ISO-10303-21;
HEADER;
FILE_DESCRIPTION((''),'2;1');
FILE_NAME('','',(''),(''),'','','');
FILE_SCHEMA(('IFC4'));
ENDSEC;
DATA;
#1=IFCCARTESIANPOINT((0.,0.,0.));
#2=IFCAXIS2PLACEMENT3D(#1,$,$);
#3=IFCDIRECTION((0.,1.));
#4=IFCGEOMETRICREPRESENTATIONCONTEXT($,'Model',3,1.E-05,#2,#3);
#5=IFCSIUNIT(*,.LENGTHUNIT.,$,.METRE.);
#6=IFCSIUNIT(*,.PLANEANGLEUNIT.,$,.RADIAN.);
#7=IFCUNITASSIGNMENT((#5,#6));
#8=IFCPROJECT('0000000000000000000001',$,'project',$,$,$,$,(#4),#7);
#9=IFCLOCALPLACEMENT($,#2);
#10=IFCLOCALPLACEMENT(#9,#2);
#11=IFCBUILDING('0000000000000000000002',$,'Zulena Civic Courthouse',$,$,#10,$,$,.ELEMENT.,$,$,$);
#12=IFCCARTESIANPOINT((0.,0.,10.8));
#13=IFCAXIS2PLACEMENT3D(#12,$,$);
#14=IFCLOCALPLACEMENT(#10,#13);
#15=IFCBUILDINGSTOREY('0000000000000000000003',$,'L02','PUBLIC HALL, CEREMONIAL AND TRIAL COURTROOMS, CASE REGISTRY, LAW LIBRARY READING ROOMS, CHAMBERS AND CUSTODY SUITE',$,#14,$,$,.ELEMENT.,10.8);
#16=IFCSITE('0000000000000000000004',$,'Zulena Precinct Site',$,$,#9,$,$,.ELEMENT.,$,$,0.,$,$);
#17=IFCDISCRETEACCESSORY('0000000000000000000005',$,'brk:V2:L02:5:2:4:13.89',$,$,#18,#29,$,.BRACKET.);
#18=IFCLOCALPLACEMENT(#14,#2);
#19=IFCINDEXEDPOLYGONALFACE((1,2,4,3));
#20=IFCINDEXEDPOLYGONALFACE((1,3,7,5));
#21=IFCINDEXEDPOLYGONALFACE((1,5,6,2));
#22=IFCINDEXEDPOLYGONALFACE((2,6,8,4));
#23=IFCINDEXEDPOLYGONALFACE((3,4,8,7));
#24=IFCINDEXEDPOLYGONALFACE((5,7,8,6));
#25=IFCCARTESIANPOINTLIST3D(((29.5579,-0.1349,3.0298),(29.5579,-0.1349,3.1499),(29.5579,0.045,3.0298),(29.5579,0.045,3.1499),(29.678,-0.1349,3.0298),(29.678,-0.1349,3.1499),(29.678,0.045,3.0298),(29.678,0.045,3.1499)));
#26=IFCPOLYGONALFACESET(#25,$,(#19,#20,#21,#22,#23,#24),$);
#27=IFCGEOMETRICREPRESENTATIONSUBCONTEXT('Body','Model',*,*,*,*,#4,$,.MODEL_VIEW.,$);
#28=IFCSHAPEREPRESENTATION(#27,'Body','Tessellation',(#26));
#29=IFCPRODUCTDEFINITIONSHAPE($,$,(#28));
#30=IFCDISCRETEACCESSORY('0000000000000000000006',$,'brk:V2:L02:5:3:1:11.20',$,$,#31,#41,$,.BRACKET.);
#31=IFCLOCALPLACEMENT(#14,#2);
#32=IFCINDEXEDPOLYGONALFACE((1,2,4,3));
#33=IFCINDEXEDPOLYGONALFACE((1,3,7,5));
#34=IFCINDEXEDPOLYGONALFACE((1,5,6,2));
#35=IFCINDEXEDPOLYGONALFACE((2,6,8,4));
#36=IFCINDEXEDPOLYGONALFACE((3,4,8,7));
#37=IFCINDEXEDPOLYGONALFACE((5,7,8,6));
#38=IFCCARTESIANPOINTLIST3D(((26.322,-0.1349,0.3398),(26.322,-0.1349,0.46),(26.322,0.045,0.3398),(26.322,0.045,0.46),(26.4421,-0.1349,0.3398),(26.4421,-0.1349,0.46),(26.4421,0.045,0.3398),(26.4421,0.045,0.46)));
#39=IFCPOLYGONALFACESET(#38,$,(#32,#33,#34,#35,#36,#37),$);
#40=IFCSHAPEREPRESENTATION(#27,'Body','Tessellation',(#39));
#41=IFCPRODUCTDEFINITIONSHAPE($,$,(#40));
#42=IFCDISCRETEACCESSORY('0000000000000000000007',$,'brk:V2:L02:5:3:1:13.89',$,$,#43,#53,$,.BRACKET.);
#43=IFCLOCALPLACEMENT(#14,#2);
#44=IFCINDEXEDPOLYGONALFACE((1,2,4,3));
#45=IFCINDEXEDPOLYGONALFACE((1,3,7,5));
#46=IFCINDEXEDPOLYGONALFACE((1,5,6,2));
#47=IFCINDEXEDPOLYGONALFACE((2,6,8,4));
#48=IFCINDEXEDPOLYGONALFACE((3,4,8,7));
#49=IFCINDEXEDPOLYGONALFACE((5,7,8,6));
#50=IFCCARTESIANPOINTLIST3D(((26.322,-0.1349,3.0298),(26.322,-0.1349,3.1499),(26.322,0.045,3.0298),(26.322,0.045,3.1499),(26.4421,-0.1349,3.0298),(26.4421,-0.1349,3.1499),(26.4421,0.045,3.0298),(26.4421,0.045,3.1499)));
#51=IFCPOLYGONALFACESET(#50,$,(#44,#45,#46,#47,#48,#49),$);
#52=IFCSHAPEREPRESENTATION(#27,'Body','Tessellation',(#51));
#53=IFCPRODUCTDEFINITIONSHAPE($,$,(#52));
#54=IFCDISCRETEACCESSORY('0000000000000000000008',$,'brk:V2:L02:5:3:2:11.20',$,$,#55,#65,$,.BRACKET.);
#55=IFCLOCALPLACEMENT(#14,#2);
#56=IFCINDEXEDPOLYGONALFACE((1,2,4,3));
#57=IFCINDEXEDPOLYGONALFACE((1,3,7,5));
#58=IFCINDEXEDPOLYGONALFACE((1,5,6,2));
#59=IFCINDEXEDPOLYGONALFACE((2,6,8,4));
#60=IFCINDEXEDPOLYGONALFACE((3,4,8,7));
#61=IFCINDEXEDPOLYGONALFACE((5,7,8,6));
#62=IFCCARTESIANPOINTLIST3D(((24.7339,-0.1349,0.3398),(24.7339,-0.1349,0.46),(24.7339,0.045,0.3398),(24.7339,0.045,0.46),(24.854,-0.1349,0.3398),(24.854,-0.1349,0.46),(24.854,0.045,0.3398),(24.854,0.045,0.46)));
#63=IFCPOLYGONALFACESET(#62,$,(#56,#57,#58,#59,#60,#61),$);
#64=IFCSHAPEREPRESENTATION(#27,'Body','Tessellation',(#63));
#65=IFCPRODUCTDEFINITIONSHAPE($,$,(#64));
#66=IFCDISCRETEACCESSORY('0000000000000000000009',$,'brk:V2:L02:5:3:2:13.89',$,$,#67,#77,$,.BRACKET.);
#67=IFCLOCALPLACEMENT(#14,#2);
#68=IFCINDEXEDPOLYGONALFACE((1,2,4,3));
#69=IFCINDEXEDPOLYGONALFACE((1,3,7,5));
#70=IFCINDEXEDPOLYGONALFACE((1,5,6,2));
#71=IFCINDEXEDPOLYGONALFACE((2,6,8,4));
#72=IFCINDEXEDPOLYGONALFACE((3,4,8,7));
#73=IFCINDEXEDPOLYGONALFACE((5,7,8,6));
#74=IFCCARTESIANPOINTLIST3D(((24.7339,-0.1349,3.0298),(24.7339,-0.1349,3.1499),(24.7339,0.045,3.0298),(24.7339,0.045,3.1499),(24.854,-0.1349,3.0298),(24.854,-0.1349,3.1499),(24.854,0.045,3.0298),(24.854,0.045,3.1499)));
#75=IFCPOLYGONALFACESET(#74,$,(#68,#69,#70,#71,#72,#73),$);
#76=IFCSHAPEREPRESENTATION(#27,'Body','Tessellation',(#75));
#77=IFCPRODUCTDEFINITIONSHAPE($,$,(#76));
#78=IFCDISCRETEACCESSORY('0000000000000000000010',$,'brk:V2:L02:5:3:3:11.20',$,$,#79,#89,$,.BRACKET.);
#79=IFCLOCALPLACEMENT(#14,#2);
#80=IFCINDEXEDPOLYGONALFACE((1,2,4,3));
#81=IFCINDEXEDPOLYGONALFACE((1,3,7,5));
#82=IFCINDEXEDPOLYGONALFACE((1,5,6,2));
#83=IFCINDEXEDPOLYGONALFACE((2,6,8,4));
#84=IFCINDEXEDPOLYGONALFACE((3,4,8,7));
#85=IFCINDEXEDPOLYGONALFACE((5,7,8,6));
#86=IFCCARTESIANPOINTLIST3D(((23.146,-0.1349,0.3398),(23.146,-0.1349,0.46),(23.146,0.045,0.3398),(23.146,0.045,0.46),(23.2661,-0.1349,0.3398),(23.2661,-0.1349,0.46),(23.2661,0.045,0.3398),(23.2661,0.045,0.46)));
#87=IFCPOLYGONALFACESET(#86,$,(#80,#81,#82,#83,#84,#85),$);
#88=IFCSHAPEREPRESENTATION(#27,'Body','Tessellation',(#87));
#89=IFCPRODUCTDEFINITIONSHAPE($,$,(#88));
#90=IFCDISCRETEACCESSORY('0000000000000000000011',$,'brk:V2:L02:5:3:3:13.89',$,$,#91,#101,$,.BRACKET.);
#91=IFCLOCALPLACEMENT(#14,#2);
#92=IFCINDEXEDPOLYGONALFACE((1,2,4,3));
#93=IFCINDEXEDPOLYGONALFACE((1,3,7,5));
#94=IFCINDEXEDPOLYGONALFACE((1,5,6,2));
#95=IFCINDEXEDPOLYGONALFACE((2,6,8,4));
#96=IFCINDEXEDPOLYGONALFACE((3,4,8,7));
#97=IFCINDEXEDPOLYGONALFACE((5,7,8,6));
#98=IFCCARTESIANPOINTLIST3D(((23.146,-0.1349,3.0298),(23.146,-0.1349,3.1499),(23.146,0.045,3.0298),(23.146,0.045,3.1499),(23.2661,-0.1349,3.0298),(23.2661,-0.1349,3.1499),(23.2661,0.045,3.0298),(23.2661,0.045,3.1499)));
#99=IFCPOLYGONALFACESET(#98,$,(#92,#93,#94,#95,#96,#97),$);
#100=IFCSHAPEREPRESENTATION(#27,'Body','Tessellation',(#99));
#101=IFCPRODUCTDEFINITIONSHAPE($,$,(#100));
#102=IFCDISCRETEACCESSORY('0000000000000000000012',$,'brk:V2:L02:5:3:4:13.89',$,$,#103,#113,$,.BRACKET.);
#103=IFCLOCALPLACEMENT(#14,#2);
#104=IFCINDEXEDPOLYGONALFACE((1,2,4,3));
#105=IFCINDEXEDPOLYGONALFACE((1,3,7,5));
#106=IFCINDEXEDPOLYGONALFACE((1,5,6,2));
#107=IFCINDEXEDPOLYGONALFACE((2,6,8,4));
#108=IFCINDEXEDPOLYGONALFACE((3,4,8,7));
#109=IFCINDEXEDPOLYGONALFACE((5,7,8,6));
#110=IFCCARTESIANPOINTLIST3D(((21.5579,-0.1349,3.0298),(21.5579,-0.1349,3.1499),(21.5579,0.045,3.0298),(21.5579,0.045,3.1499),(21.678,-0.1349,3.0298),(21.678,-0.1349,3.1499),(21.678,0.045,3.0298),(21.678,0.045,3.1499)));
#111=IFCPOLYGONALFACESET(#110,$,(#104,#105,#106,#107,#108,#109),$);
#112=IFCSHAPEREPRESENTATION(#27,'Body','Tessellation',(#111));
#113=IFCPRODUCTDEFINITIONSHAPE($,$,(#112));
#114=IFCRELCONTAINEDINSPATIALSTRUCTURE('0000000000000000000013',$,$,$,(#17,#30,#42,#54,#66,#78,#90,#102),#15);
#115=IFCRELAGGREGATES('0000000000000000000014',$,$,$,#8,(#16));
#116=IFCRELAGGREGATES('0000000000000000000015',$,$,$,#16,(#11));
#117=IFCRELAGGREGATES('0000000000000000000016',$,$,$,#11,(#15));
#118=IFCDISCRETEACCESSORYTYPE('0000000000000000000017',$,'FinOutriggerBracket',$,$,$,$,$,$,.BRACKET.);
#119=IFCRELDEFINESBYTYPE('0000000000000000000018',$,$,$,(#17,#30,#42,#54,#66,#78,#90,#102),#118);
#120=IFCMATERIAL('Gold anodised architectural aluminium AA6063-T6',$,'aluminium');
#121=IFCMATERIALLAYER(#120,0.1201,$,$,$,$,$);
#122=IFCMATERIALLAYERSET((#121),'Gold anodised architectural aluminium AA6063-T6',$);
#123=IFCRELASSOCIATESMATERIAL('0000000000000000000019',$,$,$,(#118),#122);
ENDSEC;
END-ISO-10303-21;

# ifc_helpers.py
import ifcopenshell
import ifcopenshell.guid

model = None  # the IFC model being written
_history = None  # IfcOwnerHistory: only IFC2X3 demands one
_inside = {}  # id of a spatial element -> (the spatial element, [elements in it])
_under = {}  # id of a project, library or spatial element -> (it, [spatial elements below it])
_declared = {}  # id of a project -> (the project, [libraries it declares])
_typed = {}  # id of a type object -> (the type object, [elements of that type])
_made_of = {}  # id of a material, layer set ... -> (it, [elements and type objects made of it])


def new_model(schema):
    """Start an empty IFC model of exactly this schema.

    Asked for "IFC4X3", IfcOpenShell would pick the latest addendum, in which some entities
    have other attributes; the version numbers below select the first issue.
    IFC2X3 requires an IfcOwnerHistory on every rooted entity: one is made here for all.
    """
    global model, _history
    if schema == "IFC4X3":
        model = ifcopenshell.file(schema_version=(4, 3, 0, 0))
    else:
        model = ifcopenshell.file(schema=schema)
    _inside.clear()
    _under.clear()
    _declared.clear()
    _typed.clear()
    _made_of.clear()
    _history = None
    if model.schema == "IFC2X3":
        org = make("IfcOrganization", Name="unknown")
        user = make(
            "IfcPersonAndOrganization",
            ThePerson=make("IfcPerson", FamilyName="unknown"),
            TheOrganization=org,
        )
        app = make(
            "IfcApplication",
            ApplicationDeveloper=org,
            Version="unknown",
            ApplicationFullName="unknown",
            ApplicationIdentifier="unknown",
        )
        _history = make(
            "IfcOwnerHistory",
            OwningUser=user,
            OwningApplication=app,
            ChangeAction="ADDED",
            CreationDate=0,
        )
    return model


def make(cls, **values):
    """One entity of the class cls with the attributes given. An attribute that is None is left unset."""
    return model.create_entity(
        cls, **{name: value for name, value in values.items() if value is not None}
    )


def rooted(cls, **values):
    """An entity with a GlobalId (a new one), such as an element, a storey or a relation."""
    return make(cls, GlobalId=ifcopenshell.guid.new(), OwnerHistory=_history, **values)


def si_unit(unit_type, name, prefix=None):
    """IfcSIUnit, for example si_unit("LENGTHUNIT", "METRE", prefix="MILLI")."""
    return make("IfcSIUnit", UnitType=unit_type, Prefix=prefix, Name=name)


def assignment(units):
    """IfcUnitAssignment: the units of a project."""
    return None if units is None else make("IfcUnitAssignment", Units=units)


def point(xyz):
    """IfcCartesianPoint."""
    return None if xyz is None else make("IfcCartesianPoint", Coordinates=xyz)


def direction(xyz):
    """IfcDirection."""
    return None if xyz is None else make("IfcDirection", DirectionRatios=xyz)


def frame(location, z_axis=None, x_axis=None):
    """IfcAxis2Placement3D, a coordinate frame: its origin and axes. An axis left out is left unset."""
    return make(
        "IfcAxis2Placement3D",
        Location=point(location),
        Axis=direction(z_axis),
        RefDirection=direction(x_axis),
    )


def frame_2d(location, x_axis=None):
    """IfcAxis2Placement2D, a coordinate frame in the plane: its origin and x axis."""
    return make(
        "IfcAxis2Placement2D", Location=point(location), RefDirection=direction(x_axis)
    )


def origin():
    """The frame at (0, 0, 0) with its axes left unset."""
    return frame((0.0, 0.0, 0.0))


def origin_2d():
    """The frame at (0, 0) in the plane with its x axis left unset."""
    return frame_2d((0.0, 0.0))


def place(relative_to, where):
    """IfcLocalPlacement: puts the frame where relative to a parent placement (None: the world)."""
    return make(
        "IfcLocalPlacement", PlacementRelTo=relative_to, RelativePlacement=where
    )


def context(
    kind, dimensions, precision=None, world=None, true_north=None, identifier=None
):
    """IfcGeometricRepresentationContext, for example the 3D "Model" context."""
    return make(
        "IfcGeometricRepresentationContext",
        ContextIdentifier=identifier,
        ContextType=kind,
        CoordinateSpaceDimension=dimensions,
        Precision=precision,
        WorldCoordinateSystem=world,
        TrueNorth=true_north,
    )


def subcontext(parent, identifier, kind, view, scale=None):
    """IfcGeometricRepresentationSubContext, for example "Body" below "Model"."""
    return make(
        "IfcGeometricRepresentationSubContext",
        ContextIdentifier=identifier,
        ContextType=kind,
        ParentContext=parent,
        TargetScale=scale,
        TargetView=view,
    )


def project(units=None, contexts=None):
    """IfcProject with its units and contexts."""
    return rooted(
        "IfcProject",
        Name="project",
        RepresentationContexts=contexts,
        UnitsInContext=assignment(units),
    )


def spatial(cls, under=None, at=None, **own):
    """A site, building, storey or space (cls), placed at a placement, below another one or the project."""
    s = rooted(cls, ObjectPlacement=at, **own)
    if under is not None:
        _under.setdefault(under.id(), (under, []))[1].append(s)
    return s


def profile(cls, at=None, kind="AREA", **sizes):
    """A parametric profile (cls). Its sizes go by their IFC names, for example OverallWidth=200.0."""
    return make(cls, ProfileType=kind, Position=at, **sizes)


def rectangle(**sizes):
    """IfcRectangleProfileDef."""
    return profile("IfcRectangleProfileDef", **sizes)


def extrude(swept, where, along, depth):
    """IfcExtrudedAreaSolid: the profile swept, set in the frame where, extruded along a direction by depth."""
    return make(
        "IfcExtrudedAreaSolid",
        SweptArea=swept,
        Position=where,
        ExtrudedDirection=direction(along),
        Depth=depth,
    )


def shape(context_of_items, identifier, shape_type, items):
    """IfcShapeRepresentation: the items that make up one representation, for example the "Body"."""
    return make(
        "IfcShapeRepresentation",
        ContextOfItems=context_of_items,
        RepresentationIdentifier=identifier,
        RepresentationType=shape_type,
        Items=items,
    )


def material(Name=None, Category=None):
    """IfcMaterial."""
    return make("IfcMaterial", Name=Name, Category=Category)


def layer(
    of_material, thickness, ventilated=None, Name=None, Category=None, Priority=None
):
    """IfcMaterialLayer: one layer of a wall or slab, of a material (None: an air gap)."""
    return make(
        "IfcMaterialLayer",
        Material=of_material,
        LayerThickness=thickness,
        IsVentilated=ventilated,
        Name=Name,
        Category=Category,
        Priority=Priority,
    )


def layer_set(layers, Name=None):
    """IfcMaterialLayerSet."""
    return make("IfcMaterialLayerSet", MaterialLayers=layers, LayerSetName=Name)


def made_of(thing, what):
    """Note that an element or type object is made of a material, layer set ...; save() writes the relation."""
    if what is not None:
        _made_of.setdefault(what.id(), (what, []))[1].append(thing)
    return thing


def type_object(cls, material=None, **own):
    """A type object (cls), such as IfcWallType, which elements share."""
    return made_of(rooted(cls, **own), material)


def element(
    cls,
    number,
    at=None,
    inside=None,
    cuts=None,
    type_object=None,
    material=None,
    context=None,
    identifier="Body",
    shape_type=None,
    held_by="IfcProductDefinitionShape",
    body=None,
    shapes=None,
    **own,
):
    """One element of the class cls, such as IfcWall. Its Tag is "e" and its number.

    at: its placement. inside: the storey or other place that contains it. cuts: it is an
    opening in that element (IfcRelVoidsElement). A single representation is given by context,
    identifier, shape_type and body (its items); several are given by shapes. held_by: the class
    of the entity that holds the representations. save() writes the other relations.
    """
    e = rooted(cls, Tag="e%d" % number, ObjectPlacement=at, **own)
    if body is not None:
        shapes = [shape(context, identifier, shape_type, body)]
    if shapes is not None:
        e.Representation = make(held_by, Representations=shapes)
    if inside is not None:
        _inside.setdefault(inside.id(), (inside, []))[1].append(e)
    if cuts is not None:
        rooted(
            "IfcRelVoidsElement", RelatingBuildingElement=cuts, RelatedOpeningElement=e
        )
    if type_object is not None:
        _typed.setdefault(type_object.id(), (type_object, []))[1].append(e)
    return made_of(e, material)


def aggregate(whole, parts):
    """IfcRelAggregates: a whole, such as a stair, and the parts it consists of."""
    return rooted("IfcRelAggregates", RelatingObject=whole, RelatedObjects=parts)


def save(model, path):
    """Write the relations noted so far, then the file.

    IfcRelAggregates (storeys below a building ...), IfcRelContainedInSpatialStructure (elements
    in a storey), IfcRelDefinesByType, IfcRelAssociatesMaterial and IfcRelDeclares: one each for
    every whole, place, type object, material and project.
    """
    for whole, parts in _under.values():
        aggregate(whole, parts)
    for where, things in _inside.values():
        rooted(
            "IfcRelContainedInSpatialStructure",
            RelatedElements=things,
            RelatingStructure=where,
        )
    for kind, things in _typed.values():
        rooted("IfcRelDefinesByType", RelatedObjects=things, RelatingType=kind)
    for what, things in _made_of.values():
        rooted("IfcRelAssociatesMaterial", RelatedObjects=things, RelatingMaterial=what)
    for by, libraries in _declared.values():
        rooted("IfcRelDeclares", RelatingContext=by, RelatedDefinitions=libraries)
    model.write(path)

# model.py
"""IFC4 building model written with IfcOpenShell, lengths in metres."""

from ifc_helpers import new_model, si_unit, direction, frame, origin, origin_2d, place, context, subcontext, project, spatial, rectangle, extrude, material, layer, layer_set, type_object, element, save


model = new_model("IFC4")

# Units and contexts
model_context = context("Model", 3, precision=1e-05, world=origin(), true_north=direction((0.0, 1.0)))
body_context = subcontext(model_context, "Body", "Model", "MODEL_VIEW")
ifc_project = project(units=[si_unit("LENGTHUNIT", "METRE"), si_unit("PLANEANGLEUNIT", "RADIAN")], contexts=[model_context])

# Site, building, storey
site_placement = place(None, origin())
site = spatial("IfcSite", under=ifc_project, at=site_placement, Name="Zulena Precinct Site", CompositionType="ELEMENT", RefElevation=0.0)
building_placement = place(site_placement, origin())
building = spatial("IfcBuilding", under=site, at=building_placement, Name="Zulena Civic Courthouse", CompositionType="ELEMENT")
storey_placement = place(building_placement, frame((0.0, 0.0, 10.8)))
storey = spatial("IfcBuildingStorey", under=building, at=storey_placement, Name="L02", Description="PUBLIC HALL, CEREMONIAL AND TRIAL COURTROOMS, CASE REGISTRY, LAW LIBRARY READING ROOMS, CHAMBERS AND CUSTODY SUITE", CompositionType="ELEMENT", Elevation=10.8)

# Shared definitions
ifc_material_1 = material(Name="Gold anodised architectural aluminium AA6063-T6", Category="aluminium")

# Discrete accessories
ifc_layer_1 = layer(ifc_material_1, 0.1201)
ifc_layer_set_1 = layer_set([ifc_layer_1], Name="Gold anodised architectural aluminium AA6063-T6")
discrete_accessory_type = type_object("IfcDiscreteAccessoryType", Name="FinOutriggerBracket", PredefinedType="BRACKET", material=ifc_layer_set_1)
for number, where, z_axis, x_axis, name in (
    (1, (29.6179, -0.0449, 3.0298), (0.0, 0.0, 1.0), (0.0, -1.0, 0.0), "brk:V2:L02:5:2:4:13.89"),
    (2, (26.3821, -0.0449, 0.3398), (0.0, 0.0, 1.0), (0.0, -1.0, 0.0), "brk:V2:L02:5:3:1:11.20"),
    (3, (26.3821, -0.0449, 3.0298), (0.0, 0.0, 1.0), (0.0, -1.0, 0.0), "brk:V2:L02:5:3:1:13.89"),
    (4, (24.7939, -0.0449, 0.3398), (0.0, 0.0, 1.0), (0.0, -1.0, 0.0), "brk:V2:L02:5:3:2:11.20"),
    (5, (24.7939, -0.0449, 3.0298), (0.0, 0.0, 1.0), (0.0, -1.0, 0.0), "brk:V2:L02:5:3:2:13.89"),
    (6, (23.2061, -0.0449, 0.3398), (0.0, 0.0, 1.0), (0.0, -1.0, 0.0), "brk:V2:L02:5:3:3:11.20"),
    (7, (23.2061, -0.0449, 3.0298), (0.0, 0.0, 1.0), (0.0, -1.0, 0.0), "brk:V2:L02:5:3:3:13.89"),
    (8, (21.6179, -0.0449, 3.0298), (0.0, 0.0, 1.0), (0.0, -1.0, 0.0), "brk:V2:L02:5:3:4:13.89"),
):
    element("IfcDiscreteAccessory", number, at=place(storey_placement, frame(where, z_axis=z_axis, x_axis=x_axis)), inside=storey, type_object=discrete_accessory_type, Name=name, PredefinedType="BRACKET", context=body_context, shape_type="SweptSolid", body=[
        extrude(rectangle(XDim=0.1799, YDim=0.1201, at=origin_2d()), origin(), (0.0, 0.0, 1.0), 0.1201),
    ])

save(model, "model.ifc")
